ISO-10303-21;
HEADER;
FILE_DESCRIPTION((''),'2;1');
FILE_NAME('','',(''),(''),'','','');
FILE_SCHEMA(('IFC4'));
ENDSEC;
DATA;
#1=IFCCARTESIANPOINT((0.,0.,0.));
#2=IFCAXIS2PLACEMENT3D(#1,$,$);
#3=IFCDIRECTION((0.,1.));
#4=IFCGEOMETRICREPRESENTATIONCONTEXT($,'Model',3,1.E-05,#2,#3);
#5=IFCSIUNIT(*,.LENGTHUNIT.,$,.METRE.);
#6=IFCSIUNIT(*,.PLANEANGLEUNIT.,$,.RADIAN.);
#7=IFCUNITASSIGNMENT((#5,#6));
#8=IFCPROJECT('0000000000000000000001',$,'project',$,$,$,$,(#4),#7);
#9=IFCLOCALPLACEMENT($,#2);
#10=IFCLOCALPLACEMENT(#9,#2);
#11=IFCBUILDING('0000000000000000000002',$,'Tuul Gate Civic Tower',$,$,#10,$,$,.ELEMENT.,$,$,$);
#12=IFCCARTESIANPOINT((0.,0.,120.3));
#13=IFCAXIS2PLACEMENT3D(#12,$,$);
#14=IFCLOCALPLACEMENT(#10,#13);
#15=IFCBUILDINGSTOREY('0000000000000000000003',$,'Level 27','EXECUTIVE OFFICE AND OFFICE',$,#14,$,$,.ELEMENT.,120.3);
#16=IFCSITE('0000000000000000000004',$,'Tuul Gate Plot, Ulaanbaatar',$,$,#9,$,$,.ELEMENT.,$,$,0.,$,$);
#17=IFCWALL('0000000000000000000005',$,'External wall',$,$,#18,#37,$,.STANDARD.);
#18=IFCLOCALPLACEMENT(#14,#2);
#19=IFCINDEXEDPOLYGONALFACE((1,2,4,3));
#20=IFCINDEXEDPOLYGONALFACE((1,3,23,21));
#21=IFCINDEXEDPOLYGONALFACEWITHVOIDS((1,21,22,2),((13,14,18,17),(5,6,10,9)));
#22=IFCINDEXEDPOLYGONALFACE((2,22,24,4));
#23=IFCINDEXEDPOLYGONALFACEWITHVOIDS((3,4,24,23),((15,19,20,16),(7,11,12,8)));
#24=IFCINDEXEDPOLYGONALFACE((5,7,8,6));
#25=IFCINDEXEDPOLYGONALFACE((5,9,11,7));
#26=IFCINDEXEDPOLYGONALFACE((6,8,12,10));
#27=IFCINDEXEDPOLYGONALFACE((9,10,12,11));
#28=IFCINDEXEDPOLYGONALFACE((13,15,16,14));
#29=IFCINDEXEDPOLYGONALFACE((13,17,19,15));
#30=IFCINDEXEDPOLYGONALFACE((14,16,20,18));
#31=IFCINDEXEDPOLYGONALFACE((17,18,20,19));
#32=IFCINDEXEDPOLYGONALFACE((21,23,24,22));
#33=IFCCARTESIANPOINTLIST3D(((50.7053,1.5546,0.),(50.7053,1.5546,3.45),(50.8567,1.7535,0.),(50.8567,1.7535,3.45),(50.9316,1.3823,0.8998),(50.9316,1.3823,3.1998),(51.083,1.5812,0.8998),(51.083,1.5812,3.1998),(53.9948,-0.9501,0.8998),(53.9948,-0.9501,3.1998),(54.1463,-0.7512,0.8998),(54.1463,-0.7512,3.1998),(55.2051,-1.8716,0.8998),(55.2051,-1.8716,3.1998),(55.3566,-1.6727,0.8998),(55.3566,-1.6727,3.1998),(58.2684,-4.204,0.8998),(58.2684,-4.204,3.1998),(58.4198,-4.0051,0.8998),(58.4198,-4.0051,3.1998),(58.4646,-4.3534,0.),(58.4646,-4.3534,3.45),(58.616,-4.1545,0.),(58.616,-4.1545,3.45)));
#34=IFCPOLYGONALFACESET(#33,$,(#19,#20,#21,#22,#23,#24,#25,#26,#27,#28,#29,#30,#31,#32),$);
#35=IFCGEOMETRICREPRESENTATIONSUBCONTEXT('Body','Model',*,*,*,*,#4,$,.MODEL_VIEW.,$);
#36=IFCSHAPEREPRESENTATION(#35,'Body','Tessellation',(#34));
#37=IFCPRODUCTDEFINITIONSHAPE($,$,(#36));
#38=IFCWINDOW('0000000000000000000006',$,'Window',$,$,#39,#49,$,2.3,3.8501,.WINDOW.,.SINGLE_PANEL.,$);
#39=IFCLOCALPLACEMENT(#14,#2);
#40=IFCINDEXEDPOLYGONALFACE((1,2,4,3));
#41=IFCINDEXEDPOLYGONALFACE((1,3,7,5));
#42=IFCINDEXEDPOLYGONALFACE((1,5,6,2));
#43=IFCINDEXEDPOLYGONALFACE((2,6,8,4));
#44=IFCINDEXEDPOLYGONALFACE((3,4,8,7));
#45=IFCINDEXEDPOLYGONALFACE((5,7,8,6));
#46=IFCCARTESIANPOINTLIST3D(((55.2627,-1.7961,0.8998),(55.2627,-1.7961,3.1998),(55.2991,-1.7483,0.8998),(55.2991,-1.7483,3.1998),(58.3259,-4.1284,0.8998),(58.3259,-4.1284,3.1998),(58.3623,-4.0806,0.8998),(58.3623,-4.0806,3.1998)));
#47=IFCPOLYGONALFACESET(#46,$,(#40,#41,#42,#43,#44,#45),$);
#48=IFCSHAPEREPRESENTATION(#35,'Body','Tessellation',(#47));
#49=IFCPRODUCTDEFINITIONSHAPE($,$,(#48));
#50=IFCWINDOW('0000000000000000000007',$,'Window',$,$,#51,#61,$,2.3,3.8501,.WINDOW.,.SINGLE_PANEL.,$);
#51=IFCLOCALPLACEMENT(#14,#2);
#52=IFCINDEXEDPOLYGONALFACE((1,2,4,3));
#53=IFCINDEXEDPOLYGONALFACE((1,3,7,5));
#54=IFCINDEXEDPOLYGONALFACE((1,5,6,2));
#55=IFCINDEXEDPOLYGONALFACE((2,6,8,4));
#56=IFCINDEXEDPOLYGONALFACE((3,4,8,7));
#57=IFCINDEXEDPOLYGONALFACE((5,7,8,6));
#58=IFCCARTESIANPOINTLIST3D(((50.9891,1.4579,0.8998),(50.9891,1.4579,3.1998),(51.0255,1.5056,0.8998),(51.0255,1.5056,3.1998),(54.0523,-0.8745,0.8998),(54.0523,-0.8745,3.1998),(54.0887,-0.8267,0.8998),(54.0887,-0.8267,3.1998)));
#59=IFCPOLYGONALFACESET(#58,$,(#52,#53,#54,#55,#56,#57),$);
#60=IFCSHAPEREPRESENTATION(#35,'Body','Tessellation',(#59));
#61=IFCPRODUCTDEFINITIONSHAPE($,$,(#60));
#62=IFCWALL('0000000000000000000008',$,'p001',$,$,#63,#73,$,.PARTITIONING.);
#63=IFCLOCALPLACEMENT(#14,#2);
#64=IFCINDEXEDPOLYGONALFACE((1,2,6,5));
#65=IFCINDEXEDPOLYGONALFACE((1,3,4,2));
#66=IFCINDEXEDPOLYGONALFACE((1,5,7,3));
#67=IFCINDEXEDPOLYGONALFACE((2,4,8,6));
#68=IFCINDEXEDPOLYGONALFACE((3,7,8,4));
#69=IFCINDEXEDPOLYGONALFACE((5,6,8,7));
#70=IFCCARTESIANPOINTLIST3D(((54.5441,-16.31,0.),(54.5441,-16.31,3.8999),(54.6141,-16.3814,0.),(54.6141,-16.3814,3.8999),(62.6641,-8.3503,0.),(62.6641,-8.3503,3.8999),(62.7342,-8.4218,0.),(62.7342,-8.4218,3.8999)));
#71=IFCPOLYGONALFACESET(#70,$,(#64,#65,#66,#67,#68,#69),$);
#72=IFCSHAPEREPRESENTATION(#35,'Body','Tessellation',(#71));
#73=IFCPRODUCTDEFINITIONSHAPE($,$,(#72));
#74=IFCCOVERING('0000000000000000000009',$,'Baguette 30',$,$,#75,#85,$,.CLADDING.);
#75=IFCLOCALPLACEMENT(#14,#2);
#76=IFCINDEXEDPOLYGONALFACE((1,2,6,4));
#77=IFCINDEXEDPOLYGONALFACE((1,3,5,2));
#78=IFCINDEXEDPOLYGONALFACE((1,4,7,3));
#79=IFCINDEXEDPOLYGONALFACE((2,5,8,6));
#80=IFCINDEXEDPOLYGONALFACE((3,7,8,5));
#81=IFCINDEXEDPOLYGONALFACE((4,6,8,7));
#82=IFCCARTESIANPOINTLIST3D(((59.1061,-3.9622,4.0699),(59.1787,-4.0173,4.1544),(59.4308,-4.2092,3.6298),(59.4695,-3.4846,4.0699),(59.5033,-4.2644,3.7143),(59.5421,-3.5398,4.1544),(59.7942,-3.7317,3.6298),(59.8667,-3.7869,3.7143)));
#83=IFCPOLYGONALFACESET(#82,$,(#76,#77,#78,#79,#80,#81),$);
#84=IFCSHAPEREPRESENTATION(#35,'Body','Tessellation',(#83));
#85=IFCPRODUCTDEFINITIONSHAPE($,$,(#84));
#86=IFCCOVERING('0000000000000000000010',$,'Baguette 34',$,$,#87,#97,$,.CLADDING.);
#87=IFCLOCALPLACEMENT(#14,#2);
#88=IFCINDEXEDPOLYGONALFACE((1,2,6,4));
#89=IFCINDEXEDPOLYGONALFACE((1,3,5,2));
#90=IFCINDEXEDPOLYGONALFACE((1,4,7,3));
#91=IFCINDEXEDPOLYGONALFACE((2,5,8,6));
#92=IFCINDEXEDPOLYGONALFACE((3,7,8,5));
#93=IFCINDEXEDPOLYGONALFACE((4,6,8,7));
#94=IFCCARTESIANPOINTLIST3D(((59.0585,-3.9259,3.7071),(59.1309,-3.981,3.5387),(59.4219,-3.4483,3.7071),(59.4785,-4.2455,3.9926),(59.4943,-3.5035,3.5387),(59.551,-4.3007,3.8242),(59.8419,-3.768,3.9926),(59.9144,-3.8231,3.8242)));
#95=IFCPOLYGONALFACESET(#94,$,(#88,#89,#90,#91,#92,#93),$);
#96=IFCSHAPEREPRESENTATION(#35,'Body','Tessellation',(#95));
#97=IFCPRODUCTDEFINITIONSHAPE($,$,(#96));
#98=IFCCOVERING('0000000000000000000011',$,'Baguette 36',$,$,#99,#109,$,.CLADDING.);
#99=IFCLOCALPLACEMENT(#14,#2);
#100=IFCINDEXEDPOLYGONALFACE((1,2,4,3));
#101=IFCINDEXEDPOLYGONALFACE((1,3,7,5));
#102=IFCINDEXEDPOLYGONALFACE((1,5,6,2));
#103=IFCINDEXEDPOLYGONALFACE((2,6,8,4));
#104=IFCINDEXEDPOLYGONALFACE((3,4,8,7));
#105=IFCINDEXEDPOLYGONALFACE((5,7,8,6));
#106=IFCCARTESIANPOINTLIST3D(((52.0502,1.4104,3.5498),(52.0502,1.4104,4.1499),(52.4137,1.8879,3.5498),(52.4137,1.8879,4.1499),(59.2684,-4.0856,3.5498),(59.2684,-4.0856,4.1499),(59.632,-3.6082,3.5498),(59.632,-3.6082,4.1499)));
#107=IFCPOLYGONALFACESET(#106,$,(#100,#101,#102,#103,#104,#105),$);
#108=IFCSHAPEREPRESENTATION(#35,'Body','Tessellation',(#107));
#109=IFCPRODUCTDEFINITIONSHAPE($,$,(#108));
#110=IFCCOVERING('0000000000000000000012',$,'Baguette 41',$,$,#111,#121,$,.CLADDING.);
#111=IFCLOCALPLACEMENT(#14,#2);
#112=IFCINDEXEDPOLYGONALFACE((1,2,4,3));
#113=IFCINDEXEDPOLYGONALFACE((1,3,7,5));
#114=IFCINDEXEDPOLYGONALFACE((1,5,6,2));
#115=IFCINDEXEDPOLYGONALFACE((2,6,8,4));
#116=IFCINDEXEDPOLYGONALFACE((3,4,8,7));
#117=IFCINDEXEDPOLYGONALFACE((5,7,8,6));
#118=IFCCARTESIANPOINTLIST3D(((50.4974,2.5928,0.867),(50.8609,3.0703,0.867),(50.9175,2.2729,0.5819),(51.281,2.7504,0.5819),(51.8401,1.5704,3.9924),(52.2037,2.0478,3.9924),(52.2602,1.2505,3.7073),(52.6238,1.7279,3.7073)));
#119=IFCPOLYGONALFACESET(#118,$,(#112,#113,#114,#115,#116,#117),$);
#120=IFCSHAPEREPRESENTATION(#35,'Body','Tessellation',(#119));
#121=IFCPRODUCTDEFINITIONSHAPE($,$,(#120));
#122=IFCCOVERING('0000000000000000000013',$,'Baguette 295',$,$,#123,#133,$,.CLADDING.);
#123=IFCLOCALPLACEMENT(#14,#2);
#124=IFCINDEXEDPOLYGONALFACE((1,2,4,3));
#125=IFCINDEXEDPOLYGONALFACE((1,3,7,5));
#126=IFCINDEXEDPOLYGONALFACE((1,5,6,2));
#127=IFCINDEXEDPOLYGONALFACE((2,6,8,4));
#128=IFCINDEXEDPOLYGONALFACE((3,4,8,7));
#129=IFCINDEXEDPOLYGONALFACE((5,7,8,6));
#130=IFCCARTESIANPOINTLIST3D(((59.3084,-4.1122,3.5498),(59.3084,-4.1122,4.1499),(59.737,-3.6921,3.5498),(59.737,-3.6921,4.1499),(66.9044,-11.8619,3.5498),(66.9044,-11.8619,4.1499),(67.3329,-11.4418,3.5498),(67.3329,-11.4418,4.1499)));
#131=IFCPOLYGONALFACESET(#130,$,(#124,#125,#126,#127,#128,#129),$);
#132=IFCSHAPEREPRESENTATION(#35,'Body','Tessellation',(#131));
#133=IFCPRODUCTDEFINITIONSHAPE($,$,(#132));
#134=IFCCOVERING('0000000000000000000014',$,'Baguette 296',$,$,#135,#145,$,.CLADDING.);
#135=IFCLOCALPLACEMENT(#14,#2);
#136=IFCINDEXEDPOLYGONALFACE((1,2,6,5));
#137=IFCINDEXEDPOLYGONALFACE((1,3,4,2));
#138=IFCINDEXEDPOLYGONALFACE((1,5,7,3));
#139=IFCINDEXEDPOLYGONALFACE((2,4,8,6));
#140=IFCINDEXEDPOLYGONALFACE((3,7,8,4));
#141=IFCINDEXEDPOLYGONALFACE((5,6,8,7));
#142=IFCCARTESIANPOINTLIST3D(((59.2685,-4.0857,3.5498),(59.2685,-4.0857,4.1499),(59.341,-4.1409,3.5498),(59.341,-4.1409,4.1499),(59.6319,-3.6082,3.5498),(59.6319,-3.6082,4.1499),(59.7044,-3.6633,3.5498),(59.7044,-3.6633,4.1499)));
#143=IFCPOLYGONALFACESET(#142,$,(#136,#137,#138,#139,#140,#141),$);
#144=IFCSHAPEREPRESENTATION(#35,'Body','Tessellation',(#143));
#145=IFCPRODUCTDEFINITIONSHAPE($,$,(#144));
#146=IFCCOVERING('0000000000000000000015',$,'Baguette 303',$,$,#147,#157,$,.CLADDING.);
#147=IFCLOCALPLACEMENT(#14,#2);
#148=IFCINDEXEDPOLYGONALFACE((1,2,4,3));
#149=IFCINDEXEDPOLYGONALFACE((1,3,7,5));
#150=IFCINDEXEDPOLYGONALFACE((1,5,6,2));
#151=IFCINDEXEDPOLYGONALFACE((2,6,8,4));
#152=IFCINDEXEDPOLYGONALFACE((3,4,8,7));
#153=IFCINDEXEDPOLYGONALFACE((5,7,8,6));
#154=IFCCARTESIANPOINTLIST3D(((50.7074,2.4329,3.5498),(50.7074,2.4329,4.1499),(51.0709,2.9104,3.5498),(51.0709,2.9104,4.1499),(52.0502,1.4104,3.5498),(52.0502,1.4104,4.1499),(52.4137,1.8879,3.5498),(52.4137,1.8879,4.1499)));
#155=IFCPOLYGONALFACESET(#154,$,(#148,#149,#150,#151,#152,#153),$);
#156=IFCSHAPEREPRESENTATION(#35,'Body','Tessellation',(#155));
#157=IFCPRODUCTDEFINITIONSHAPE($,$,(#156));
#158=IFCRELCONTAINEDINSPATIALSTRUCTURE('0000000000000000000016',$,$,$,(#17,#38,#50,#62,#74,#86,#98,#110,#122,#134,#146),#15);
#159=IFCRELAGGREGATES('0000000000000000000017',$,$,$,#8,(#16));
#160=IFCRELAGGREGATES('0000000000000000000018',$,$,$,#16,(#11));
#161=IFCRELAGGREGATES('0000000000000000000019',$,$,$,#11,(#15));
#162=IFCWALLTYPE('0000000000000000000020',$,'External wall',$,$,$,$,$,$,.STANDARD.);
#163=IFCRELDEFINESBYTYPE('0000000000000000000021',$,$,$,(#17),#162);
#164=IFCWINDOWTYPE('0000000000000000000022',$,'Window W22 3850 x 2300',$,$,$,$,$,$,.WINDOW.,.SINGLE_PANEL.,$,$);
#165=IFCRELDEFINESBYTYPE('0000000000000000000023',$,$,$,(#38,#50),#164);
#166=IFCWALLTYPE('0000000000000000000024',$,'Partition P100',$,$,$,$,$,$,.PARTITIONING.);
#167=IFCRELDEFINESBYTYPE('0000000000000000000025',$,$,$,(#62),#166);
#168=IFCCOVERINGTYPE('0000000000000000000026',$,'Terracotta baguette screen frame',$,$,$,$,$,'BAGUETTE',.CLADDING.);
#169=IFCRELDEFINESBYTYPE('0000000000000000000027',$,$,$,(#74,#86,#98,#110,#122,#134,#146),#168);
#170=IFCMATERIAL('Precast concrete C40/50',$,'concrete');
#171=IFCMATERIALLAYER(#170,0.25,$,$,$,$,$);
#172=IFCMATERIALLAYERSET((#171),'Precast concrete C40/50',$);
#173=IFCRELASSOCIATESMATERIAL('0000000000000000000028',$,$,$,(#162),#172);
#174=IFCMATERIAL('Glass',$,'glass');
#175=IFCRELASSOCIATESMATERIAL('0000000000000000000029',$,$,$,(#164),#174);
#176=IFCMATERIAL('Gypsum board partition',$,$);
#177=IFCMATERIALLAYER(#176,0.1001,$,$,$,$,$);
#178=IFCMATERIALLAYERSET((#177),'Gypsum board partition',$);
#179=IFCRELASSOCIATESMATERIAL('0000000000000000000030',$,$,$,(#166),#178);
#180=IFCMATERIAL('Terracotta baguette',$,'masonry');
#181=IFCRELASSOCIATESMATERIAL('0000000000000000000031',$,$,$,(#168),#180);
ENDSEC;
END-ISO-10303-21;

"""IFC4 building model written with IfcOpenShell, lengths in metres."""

from ifc_helpers import new_model, si_unit, direction, frame, frame_2d, origin, origin_2d, place, context, subcontext, project, spatial, rectangle, extrude, material, layer, layer_set, material_profile, profile_set, type_object, element, fill, save


model = new_model("IFC4")

# Units and contexts
model_context = context("Model", 3, precision=1e-05, world=origin(), true_north=direction((0.0, 1.0)))
body_context = subcontext(model_context, "Body", "Model", "MODEL_VIEW")
ifc_project = project(units=[si_unit("LENGTHUNIT", "METRE"), si_unit("PLANEANGLEUNIT", "RADIAN")], contexts=[model_context])

# Site, building, storey
site_placement = place(None, origin())
site = spatial("IfcSite", under=ifc_project, at=site_placement, Name="Tuul Gate Plot, Ulaanbaatar", CompositionType="ELEMENT", RefElevation=0.0)
building_placement = place(site_placement, origin())
building = spatial("IfcBuilding", under=site, at=building_placement, Name="Tuul Gate Civic Tower", CompositionType="ELEMENT")
storey_placement = place(building_placement, frame((0.0, 0.0, 120.3)))
storey = spatial("IfcBuildingStorey", under=building, at=storey_placement, Name="Level 27", Description="EXECUTIVE OFFICE AND OFFICE", CompositionType="ELEMENT", Elevation=120.3)

# Wall, openings, windows
ifc_material_1 = material(Name="Precast concrete C40/50", Category="concrete")
ifc_layer_1 = layer(ifc_material_1, 0.25)
ifc_layer_set_1 = layer_set([ifc_layer_1], Name="Precast concrete C40/50")
wall_type_1 = type_object("IfcWallType", Name="External wall", PredefinedType="STANDARD", material=ifc_layer_set_1)
ifc_material_2 = material(Name="Glass", Category="glass")
window_type = type_object("IfcWindowType", Name="Window W22 3850 x 2300", PartitioningType="SINGLE_PANEL", PredefinedType="WINDOW", material=ifc_material_2)
wall_1_placement = place(storey_placement, frame((58.5403, -4.2539, 0.0), z_axis=(0.0, 0.0, 1.0), x_axis=(-0.795623, 0.605792, 0.0)))
wall_1 = element("IfcWall", 1, at=wall_1_placement, inside=storey, type_object=wall_type_1, Name="External wall", PredefinedType="STANDARD", context=body_context, shape_type="SweptSolid", body=[
    extrude(rectangle(XDim=9.7524, YDim=0.25, at=frame_2d((4.8762, 0.0))), origin(), (0.0, 0.0, 1.0), 3.45),
])
opening_1_placement = place(wall_1_placement, frame((0.2466, 0.0, 0.8999)))
opening_1 = element("IfcOpeningElement", 2, at=opening_1_placement, cuts=wall_1, PredefinedType="OPENING", context=body_context, shape_type="SweptSolid", body=[
    extrude(rectangle(XDim=3.8501, YDim=2.3, at=frame_2d((1.925, 1.1499))), frame((0.0, 0.135, 0.0), z_axis=(0.0, -1.0, 0.0), x_axis=(1.0, 0.0, 0.0)), (0.0, 0.0, 1.0), 0.27),
])
opening_2_placement = place(wall_1_placement, frame((5.6179, 0.0, 0.8999)))
opening_2 = element("IfcOpeningElement", 3, at=opening_2_placement, cuts=wall_1, PredefinedType="OPENING", context=body_context, shape_type="SweptSolid", body=[
    extrude(rectangle(XDim=3.8501, YDim=2.3, at=frame_2d((1.925, 1.1499))), frame((0.0, 0.135, 0.0), z_axis=(0.0, -1.0, 0.0), x_axis=(1.0, 0.0, 0.0)), (0.0, 0.0, 1.0), 0.27),
])
window_1_placement = place(opening_1_placement, origin())
window_1 = element("IfcWindow", 4, at=window_1_placement, inside=storey, type_object=window_type, Name="Window", OverallHeight=2.3, OverallWidth=3.8501, PartitioningType="SINGLE_PANEL", PredefinedType="WINDOW", context=body_context, shape_type="SweptSolid", body=[
    extrude(rectangle(XDim=3.8501, YDim=2.3, at=frame_2d((1.925, 1.1499))), frame((0.0, 0.03, 0.0), z_axis=(0.0, -1.0, 0.0), x_axis=(1.0, 0.0, 0.0)), (0.0, 0.0, 1.0), 0.0601),
])
fill(opening_1, window_1)
window_2_placement = place(opening_2_placement, origin())
window_2 = element("IfcWindow", 5, at=window_2_placement, inside=storey, type_object=window_type, Name="Window", OverallHeight=2.3, OverallWidth=3.8501, PartitioningType="SINGLE_PANEL", PredefinedType="WINDOW", context=body_context, shape_type="SweptSolid", body=[
    extrude(rectangle(XDim=3.8501, YDim=2.3, at=frame_2d((1.925, 1.1499))), frame((0.0, 0.03, 0.0), z_axis=(0.0, -1.0, 0.0), x_axis=(1.0, 0.0, 0.0)), (0.0, 0.0, 1.0), 0.0601),
])
fill(opening_2, window_2)

# Wall
ifc_material_3 = material(Name="Gypsum board partition")
ifc_layer_2 = layer(ifc_material_3, 0.1001)
ifc_layer_set_2 = layer_set([ifc_layer_2], Name="Gypsum board partition")
wall_type_2 = type_object("IfcWallType", Name="Partition P100", PredefinedType="PARTITIONING", material=ifc_layer_set_2)
wall_2_placement = place(storey_placement, frame((54.5791, -16.3457, 0.0), z_axis=(0.0, 0.0, 1.0), x_axis=(0.714125, 0.700018, 0.0)))
element("IfcWall", 6, at=wall_2_placement, inside=storey, type_object=wall_type_2, Name="p001", PredefinedType="PARTITIONING", context=body_context, shape_type="SweptSolid", body=[
    extrude(rectangle(XDim=11.3706, YDim=0.1001, at=frame_2d((5.6853, 0.0))), origin(), (0.0, 0.0, 1.0), 3.8999),
])

# Coverings
ifc_material_4 = material(Name="Terracotta baguette", Category="masonry")
ifc_material_profile_1 = material_profile(ifc_material_4, rectangle(XDim=0.6001, YDim=0.6001, at=origin_2d()), Name="Terracotta baguette screen frame")
ifc_profile_set_1 = profile_set([ifc_material_profile_1], Name="Terracotta baguette")
covering_type = type_object("IfcCoveringType", Name="Terracotta baguette screen frame", ElementType="BAGUETTE", PredefinedType="CLADDING", material=ifc_profile_set_1)
covering_1_placement = place(storey_placement, frame((59.5227, -3.9021, 3.9343), z_axis=(-0.583587, 0.444076, -0.679869), x_axis=(-0.605559, -0.795801, 0.0)))
element("IfcCovering", 7, at=covering_1_placement, inside=storey, type_object=covering_type, Name="Baguette 30", PredefinedType="CLADDING", context=body_context, shape_type="SweptSolid", body=[
    extrude(rectangle(XDim=0.6001, YDim=0.6001, at=origin_2d()), origin(), (0.0, 0.0, 1.0), 0.1243),
])
covering_2_placement = place(storey_placement, frame((59.4502, -3.8469, 3.8499), z_axis=(0.378602, -0.288095, -0.879581), x_axis=(0.605559, 0.795801, 0.0)))
element("IfcCovering", 8, at=covering_2_placement, inside=storey, type_object=covering_type, Name="Baguette 34", PredefinedType="CLADDING", context=body_context, shape_type="SweptSolid", body=[
    extrude(rectangle(XDim=0.6001, YDim=0.6001, at=origin_2d()), origin(), (0.0, 0.0, 1.0), 0.1914),
])
covering_3_placement = place(storey_placement, frame((59.4502, -3.8469, 3.8499), z_axis=(-0.795619, 0.605797, 0.0), x_axis=(-0.605797, -0.795619, 0.0)))
element("IfcCovering", 9, at=covering_3_placement, inside=storey, type_object=covering_type, Name="Baguette 36", PredefinedType="CLADDING", context=body_context, shape_type="SweptSolid", body=[
    extrude(rectangle(XDim=0.6001, YDim=0.6001, at=origin_2d()), origin(), (0.0, 0.0, 1.0), 9.0725),
])
covering_4_placement = place(storey_placement, frame((52.2319, 1.6492, 3.8499), z_axis=(-0.378026, 0.28785, -0.879908), x_axis=(-0.605817, -0.795604, 0.0)))
element("IfcCovering", 10, at=covering_4_placement, inside=storey, type_object=covering_type, Name="Baguette 41", PredefinedType="CLADDING", context=body_context, shape_type="SweptSolid", body=[
    extrude(rectangle(XDim=0.6001, YDim=0.6001, at=origin_2d()), origin(), (0.0, 0.0, 1.0), 3.552),
])
covering_5_placement = place(storey_placement, frame((67.1187, -11.6519, 3.8499), z_axis=(-0.699984, 0.714158, 0.0), x_axis=(-0.714158, -0.699984, 0.0)))
element("IfcCovering", 11, at=covering_5_placement, inside=storey, type_object=covering_type, Name="Baguette 295", PredefinedType="CLADDING", context=body_context, shape_type="SweptSolid", body=[
    extrude(rectangle(XDim=0.6001, YDim=0.6001, at=origin_2d()), origin(), (0.0, 0.0, 1.0), 10.8516),
])
covering_6_placement = place(storey_placement, frame((59.5227, -3.9021, 3.8499), z_axis=(-0.795801, 0.605559, 0.0), x_axis=(-0.605559, -0.795801, 0.0)))
element("IfcCovering", 12, at=covering_6_placement, inside=storey, type_object=covering_type, Name="Baguette 296", PredefinedType="CLADDING", context=body_context, shape_type="SweptSolid", body=[
    extrude(rectangle(XDim=0.6001, YDim=0.6001, at=origin_2d()), origin(), (0.0, 0.0, 1.0), 0.0911),
])
covering_7_placement = place(storey_placement, frame((52.2319, 1.6492, 3.8499), z_axis=(-0.795604, 0.605817, 0.0), x_axis=(-0.605817, -0.795604, 0.0)))
element("IfcCovering", 13, at=covering_7_placement, inside=storey, type_object=covering_type, Name="Baguette 303", PredefinedType="CLADDING", context=body_context, shape_type="SweptSolid", body=[
    extrude(rectangle(XDim=0.6001, YDim=0.6001, at=origin_2d()), origin(), (0.0, 0.0, 1.0), 1.6877),
])

save(model, "model.ifc")
